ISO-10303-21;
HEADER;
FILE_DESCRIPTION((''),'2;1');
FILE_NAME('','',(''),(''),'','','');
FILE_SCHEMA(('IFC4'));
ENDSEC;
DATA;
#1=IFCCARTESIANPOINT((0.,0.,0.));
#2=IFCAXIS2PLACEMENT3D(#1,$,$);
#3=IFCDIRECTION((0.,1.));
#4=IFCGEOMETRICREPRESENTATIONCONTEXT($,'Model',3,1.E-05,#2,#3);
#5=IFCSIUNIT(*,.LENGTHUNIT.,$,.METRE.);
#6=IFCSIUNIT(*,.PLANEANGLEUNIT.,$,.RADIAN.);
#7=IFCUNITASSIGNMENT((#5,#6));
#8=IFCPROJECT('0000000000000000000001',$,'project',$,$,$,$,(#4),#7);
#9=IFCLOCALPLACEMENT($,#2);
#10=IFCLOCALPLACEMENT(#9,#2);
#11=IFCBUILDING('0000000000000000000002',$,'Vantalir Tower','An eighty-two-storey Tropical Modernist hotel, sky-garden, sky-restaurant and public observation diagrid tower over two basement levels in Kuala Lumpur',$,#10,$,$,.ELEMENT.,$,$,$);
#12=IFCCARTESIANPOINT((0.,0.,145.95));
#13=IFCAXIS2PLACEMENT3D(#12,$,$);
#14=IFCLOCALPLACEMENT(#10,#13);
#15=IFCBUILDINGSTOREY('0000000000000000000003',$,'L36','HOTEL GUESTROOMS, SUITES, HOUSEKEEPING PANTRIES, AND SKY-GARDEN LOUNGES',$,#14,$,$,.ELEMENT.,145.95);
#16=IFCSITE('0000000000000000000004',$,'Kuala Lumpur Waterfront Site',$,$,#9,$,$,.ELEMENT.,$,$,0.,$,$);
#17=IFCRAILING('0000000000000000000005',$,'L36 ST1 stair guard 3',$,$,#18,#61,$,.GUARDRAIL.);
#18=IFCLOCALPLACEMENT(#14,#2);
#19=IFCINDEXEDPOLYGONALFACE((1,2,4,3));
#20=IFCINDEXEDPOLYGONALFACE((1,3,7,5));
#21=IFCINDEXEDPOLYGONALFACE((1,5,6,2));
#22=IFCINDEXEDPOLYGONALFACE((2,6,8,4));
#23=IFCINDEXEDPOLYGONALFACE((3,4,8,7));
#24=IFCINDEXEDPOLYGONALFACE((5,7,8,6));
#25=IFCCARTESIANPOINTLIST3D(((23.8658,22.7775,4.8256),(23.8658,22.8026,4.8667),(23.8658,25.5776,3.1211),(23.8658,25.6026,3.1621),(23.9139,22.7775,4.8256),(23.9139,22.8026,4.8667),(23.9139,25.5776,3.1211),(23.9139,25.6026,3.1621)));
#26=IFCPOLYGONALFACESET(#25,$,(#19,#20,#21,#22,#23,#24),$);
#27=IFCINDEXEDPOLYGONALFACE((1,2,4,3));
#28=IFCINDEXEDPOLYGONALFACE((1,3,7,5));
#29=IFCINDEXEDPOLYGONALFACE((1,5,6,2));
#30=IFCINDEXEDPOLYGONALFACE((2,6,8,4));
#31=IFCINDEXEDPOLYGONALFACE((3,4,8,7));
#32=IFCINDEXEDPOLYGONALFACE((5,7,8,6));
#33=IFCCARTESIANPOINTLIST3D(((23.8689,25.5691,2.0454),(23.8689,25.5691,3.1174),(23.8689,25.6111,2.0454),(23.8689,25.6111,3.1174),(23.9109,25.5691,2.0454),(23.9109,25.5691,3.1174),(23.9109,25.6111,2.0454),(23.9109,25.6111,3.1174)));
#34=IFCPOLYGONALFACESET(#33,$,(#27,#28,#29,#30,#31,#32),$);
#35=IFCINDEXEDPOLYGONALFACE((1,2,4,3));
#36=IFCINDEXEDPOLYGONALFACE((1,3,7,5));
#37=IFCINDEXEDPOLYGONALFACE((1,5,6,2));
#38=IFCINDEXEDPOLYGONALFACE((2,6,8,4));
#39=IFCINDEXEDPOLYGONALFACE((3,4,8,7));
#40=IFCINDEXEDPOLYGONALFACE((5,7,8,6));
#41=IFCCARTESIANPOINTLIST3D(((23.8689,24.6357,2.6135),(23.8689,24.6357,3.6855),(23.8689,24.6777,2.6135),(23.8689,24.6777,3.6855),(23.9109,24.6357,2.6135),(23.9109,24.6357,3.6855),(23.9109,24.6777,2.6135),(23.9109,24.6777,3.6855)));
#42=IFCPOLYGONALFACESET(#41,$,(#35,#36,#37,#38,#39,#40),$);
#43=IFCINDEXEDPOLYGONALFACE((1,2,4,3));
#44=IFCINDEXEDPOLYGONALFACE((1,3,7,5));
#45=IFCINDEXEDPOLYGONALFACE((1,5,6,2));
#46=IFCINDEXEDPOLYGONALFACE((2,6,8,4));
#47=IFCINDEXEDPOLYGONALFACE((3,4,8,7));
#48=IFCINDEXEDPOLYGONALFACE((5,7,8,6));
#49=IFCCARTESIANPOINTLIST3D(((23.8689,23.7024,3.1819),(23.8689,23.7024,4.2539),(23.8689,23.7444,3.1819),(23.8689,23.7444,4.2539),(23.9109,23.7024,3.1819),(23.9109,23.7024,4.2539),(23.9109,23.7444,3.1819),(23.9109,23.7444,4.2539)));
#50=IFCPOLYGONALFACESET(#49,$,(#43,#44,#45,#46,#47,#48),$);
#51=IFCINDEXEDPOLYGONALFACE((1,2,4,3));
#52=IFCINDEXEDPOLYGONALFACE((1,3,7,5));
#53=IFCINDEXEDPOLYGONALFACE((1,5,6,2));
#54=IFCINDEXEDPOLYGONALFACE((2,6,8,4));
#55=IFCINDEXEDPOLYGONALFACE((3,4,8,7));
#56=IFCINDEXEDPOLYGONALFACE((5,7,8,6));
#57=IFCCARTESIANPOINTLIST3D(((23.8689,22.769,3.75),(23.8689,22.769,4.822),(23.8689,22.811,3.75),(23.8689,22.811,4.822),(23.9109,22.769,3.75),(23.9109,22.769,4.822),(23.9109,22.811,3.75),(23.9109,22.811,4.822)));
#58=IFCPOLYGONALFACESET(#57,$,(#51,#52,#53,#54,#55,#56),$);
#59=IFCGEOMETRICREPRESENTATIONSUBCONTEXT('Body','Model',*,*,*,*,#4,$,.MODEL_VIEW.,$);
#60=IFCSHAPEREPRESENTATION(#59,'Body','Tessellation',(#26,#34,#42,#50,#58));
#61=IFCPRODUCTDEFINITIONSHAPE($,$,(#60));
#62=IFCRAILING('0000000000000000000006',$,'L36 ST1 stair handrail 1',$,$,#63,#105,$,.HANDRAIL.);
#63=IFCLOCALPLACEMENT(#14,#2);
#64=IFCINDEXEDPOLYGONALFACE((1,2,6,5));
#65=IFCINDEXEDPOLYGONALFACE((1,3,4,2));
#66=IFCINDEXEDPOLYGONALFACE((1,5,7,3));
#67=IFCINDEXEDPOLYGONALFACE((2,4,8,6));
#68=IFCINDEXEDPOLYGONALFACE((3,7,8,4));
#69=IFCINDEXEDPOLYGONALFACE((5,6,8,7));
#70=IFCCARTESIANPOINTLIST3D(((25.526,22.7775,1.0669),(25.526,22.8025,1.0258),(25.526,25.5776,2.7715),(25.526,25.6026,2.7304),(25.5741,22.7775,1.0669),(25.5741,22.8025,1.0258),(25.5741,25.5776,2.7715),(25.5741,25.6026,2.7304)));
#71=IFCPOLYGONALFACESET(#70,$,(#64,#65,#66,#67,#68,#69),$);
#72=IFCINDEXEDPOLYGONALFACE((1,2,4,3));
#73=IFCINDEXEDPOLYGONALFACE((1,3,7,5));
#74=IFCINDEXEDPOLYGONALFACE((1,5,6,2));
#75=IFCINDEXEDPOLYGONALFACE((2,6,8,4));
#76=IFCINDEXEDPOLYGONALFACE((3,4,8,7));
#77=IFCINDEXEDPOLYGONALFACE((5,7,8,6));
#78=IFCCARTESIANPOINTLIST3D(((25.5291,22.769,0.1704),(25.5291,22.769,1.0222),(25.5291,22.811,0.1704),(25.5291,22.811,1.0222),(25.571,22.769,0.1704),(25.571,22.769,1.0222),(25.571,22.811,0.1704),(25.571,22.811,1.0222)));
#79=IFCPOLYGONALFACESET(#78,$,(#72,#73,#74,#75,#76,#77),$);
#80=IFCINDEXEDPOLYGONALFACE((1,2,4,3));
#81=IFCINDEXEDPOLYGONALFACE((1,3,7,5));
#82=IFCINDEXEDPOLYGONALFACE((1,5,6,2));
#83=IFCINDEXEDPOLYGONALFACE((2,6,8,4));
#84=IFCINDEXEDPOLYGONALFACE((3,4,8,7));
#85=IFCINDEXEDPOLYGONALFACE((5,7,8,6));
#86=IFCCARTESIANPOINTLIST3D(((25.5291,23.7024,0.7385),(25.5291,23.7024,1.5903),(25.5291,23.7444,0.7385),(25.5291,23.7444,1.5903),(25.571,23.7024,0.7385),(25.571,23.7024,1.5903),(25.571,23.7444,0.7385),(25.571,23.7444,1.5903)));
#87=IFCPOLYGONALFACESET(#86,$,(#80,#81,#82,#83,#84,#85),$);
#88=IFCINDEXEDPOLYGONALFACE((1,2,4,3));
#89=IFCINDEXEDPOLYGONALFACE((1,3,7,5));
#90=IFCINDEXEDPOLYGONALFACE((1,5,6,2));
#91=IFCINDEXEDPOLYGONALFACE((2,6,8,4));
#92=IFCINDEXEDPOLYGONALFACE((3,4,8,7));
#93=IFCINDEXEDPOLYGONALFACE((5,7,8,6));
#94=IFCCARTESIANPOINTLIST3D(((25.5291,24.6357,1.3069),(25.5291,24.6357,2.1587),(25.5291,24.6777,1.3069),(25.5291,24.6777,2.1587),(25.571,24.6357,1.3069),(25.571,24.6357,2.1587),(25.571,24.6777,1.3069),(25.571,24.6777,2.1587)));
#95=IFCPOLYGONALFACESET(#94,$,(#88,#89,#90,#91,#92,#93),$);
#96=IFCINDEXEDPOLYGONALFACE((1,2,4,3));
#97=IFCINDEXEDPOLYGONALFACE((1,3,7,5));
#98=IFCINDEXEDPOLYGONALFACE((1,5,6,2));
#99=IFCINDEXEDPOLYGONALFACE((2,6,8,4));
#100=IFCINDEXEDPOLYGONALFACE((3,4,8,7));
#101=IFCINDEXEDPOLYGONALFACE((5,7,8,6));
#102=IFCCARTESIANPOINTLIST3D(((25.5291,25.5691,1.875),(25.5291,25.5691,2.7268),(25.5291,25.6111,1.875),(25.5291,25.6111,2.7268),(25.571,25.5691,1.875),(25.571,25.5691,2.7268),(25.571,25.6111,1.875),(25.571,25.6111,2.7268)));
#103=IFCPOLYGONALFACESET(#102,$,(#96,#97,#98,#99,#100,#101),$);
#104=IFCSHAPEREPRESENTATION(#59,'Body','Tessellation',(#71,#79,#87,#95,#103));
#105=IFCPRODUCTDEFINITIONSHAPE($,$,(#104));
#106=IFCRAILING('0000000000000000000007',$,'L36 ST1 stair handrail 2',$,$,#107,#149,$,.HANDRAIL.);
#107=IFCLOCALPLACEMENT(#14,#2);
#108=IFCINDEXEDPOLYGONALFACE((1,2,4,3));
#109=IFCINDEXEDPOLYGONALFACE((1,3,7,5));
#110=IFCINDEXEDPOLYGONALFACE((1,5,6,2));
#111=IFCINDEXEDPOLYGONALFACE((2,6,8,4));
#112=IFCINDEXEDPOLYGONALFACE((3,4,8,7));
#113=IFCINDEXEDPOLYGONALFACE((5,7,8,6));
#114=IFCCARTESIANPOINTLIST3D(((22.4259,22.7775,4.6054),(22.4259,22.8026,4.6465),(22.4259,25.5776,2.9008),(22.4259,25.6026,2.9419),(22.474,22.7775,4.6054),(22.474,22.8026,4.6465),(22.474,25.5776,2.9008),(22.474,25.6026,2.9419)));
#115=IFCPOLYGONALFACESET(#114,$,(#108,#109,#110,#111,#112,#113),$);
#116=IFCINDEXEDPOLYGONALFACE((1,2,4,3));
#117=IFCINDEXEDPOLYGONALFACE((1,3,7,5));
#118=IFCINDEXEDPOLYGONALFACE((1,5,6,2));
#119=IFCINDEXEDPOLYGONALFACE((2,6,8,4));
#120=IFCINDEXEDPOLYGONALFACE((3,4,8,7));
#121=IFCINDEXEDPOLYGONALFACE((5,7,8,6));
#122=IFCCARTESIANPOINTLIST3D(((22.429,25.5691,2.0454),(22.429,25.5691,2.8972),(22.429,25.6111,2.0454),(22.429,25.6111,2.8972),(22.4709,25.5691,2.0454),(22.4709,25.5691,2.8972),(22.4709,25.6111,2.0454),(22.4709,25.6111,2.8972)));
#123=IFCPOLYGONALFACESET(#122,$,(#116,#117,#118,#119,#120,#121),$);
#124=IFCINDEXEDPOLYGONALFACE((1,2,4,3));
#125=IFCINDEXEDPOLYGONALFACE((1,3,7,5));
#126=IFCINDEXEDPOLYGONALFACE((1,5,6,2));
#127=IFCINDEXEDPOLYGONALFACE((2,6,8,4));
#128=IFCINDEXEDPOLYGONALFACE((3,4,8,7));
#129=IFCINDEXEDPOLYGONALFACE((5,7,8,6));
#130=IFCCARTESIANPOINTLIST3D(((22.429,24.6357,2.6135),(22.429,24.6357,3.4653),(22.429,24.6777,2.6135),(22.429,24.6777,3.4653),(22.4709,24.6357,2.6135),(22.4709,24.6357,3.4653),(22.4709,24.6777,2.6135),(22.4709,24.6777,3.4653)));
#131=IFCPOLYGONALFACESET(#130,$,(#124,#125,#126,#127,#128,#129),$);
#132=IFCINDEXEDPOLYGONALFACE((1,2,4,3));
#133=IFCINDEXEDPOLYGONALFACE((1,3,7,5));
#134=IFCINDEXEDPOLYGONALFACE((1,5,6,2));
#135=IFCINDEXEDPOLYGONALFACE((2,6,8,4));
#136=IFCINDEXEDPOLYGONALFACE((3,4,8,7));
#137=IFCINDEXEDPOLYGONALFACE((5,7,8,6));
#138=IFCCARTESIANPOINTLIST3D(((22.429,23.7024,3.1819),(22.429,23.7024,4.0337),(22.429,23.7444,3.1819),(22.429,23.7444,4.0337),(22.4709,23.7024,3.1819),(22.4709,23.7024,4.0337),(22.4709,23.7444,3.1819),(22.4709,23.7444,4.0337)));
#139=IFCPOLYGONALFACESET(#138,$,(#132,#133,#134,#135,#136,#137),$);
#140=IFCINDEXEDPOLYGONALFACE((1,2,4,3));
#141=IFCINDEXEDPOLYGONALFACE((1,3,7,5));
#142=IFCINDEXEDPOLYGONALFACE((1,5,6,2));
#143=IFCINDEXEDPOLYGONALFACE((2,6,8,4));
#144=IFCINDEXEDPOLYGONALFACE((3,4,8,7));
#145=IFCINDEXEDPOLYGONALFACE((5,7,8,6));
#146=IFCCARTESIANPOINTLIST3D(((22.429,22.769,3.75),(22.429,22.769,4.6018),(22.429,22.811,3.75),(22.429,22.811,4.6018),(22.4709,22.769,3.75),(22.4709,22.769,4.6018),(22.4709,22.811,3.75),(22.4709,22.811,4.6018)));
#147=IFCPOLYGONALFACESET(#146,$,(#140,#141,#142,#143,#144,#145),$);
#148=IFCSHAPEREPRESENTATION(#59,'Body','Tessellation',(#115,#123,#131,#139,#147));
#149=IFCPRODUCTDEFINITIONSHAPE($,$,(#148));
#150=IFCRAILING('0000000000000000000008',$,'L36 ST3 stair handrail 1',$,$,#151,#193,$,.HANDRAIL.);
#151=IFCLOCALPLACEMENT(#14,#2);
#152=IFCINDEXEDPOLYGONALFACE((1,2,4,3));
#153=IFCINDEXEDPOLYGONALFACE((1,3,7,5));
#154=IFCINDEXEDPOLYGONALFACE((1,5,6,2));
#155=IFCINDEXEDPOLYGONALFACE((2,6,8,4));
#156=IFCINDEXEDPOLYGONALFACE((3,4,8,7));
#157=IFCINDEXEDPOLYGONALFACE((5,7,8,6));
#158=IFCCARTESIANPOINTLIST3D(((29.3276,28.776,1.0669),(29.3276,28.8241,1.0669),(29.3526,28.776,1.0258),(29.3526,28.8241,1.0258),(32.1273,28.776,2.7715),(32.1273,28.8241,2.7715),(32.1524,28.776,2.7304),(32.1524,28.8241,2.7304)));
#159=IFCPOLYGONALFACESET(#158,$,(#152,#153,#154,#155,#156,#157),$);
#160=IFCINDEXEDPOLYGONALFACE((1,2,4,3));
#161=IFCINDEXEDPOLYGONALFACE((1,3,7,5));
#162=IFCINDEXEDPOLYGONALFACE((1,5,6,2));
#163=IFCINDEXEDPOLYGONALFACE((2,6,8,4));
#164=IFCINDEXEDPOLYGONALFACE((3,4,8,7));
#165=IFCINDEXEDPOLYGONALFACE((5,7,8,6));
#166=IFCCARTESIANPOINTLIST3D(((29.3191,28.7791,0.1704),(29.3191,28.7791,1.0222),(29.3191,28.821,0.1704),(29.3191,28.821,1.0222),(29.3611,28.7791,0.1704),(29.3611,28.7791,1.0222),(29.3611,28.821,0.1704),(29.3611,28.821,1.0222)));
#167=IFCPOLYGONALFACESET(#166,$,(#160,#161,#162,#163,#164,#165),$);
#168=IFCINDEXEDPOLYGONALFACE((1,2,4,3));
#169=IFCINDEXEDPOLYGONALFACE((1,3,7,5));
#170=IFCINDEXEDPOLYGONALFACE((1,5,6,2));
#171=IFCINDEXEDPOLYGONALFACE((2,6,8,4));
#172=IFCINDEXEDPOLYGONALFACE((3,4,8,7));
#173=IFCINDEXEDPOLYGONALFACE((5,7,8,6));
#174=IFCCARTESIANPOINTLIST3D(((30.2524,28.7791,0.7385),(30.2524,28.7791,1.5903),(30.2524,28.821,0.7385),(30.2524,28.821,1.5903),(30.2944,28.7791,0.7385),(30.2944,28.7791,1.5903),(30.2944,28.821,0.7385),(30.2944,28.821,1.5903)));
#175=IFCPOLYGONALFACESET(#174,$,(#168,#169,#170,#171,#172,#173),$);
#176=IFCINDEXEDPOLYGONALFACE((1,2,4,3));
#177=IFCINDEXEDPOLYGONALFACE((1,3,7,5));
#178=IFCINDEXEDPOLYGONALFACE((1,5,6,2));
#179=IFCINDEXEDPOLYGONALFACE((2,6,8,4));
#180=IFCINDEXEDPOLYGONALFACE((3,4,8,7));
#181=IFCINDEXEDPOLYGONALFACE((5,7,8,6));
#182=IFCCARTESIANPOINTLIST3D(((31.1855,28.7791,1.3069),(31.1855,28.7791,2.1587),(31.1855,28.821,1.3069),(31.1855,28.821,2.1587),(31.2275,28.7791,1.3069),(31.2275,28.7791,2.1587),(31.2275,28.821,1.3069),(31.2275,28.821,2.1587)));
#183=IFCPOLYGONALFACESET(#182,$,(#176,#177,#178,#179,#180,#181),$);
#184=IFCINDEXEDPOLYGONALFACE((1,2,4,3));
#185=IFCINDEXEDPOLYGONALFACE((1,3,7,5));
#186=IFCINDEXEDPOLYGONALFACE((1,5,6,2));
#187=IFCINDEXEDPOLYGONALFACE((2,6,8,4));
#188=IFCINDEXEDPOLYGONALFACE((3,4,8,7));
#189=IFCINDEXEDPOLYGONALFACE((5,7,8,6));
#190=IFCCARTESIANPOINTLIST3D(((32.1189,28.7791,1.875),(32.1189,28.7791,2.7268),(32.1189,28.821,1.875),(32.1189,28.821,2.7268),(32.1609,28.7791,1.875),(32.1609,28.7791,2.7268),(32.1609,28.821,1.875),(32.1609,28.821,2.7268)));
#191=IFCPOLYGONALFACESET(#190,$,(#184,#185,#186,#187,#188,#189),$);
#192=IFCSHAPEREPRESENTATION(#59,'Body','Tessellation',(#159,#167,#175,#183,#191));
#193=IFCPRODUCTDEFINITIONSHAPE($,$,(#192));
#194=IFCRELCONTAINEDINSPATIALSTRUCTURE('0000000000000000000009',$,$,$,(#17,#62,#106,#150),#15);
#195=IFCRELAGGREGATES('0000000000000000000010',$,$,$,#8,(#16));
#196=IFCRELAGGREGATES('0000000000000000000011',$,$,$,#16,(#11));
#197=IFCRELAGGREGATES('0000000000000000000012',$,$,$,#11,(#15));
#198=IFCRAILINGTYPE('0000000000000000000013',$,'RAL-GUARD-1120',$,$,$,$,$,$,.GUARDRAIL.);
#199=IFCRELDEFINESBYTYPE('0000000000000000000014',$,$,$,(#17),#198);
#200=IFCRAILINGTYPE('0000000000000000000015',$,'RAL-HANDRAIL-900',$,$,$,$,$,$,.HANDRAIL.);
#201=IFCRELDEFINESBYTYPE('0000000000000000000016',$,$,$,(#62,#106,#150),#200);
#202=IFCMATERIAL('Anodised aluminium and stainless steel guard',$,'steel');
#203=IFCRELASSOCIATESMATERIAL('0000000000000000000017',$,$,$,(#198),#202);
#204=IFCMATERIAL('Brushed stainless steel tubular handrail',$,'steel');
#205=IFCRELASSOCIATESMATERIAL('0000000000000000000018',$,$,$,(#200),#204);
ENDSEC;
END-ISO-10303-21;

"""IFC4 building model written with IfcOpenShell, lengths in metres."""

from ifc_helpers import new_model, si_unit, direction, frame, origin, origin_2d, place, context, subcontext, project, spatial, rectangle, extrude, material, type_object, element, save


model = new_model("IFC4")

# Units and contexts
model_context = context("Model", 3, precision=1e-05, world=origin(), true_north=direction((0.0, 1.0)))
body_context = subcontext(model_context, "Body", "Model", "MODEL_VIEW")
ifc_project = project(units=[si_unit("LENGTHUNIT", "METRE"), si_unit("PLANEANGLEUNIT", "RADIAN")], contexts=[model_context])

# Site, building, storey
site_placement = place(None, origin())
site = spatial("IfcSite", under=ifc_project, at=site_placement, Name="Kuala Lumpur Waterfront Site", CompositionType="ELEMENT", RefElevation=0.0)
building_placement = place(site_placement, origin())
building = spatial("IfcBuilding", under=site, at=building_placement, Name="Vantalir Tower", Description="An eighty-two-storey Tropical Modernist hotel, sky-garden, sky-restaurant and public observation diagrid tower over two basement levels in Kuala Lumpur", CompositionType="ELEMENT")
storey_placement = place(building_placement, frame((0.0, 0.0, 145.95)))
storey = spatial("IfcBuildingStorey", under=building, at=storey_placement, Name="L36", Description="HOTEL GUESTROOMS, SUITES, HOUSEKEEPING PANTRIES, AND SKY-GARDEN LOUNGES", CompositionType="ELEMENT", Elevation=145.95)

# Railings
ifc_material_1 = material(Name="Anodised aluminium and stainless steel guard", Category="steel")
railing_type_1 = type_object("IfcRailingType", Name="RAL-GUARD-1120", PredefinedType="GUARDRAIL", material=ifc_material_1)
railing_1_placement = place(storey_placement, frame((23.8899, 25.5901, 2.0454)))
element("IfcRailing", 1, at=railing_1_placement, inside=storey, type_object=railing_type_1, Name="L36 ST1 stair guard 3", PredefinedType="GUARDRAIL", context=body_context, shape_type="SweptSolid", body=[
    extrude(rectangle(XDim=0.0481, YDim=0.0481, at=origin_2d()), frame((0.0, 0.0, 1.0962), z_axis=(0.0, -0.85417, 0.519994), x_axis=(1.0, 0.0, 0.0)), (0.0, 0.0, 1.0), 3.2781),
    extrude(rectangle(XDim=0.042, YDim=0.042, at=origin_2d()), origin(), (0.0, 0.0, 1.0), 1.072),
    extrude(rectangle(XDim=0.042, YDim=0.042, at=origin_2d()), frame((0.0, -0.9333, 0.5681)), (0.0, 0.0, 1.0), 1.072),
    extrude(rectangle(XDim=0.042, YDim=0.042, at=origin_2d()), frame((0.0, -1.8667, 1.1365)), (0.0, 0.0, 1.0), 1.072),
    extrude(rectangle(XDim=0.042, YDim=0.042, at=origin_2d()), frame((0.0, -2.8, 1.7046)), (0.0, 0.0, 1.0), 1.072),
])
ifc_material_2 = material(Name="Brushed stainless steel tubular handrail", Category="steel")
railing_type_2 = type_object("IfcRailingType", Name="RAL-HANDRAIL-900", PredefinedType="HANDRAIL", material=ifc_material_2)
railing_2_placement = place(storey_placement, frame((25.55, 22.79, 0.1704)))
element("IfcRailing", 2, at=railing_2_placement, inside=storey, type_object=railing_type_2, Name="L36 ST1 stair handrail 1", PredefinedType="HANDRAIL", context=body_context, shape_type="SweptSolid", body=[
    extrude(rectangle(XDim=0.0481, YDim=0.0481, at=origin_2d()), frame((0.0, 0.0, 0.876), z_axis=(0.0, 0.85417, 0.519994), x_axis=(-1.0, 0.0, 0.0)), (0.0, 0.0, 1.0), 3.2781),
    extrude(rectangle(XDim=0.042, YDim=0.042, at=origin_2d()), origin(), (0.0, 0.0, 1.0), 0.8518),
    extrude(rectangle(XDim=0.042, YDim=0.042, at=origin_2d()), frame((0.0, 0.9333, 0.5681)), (0.0, 0.0, 1.0), 0.8518),
    extrude(rectangle(XDim=0.042, YDim=0.042, at=origin_2d()), frame((0.0, 1.8667, 1.1365)), (0.0, 0.0, 1.0), 0.8518),
    extrude(rectangle(XDim=0.042, YDim=0.042, at=origin_2d()), frame((0.0, 2.8, 1.7046)), (0.0, 0.0, 1.0), 0.8518),
])
railing_3_placement = place(storey_placement, frame((22.45, 25.5901, 2.0454)))
element("IfcRailing", 3, at=railing_3_placement, inside=storey, type_object=railing_type_2, Name="L36 ST1 stair handrail 2", PredefinedType="HANDRAIL", context=body_context, shape_type="SweptSolid", body=[
    extrude(rectangle(XDim=0.0481, YDim=0.0481, at=origin_2d()), frame((0.0, 0.0, 0.876), z_axis=(0.0, -0.85417, 0.519994), x_axis=(1.0, 0.0, 0.0)), (0.0, 0.0, 1.0), 3.2781),
    extrude(rectangle(XDim=0.042, YDim=0.042, at=origin_2d()), origin(), (0.0, 0.0, 1.0), 0.8518),
    extrude(rectangle(XDim=0.042, YDim=0.042, at=origin_2d()), frame((0.0, -0.9333, 0.5681)), (0.0, 0.0, 1.0), 0.8518),
    extrude(rectangle(XDim=0.042, YDim=0.042, at=origin_2d()), frame((0.0, -1.8667, 1.1365)), (0.0, 0.0, 1.0), 0.8518),
    extrude(rectangle(XDim=0.042, YDim=0.042, at=origin_2d()), frame((0.0, -2.8, 1.7046)), (0.0, 0.0, 1.0), 0.8518),
])
railing_4_placement = place(storey_placement, frame((29.3401, 28.8, 0.1704)))
element("IfcRailing", 4, at=railing_4_placement, inside=storey, type_object=railing_type_2, Name="L36 ST3 stair handrail 1", PredefinedType="HANDRAIL", context=body_context, shape_type="SweptSolid", body=[
    extrude(rectangle(XDim=0.0481, YDim=0.0481, at=origin_2d()), frame((0.0, 0.0, 0.876), z_axis=(0.85415, 0.0, 0.520027), x_axis=(0.0, 1.0, 0.0)), (0.0, 0.0, 1.0), 3.2778),
    extrude(rectangle(XDim=0.042, YDim=0.042, at=origin_2d()), origin(), (0.0, 0.0, 1.0), 0.8518),
    extrude(rectangle(XDim=0.042, YDim=0.042, at=origin_2d()), frame((0.9333, 0.0, 0.5681)), (0.0, 0.0, 1.0), 0.8518),
    extrude(rectangle(XDim=0.042, YDim=0.042, at=origin_2d()), frame((1.8665, 0.0, 1.1365)), (0.0, 0.0, 1.0), 0.8518),
    extrude(rectangle(XDim=0.042, YDim=0.042, at=origin_2d()), frame((2.7998, 0.0, 1.7046)), (0.0, 0.0, 1.0), 0.8518),
])

save(model, "model.ifc")
